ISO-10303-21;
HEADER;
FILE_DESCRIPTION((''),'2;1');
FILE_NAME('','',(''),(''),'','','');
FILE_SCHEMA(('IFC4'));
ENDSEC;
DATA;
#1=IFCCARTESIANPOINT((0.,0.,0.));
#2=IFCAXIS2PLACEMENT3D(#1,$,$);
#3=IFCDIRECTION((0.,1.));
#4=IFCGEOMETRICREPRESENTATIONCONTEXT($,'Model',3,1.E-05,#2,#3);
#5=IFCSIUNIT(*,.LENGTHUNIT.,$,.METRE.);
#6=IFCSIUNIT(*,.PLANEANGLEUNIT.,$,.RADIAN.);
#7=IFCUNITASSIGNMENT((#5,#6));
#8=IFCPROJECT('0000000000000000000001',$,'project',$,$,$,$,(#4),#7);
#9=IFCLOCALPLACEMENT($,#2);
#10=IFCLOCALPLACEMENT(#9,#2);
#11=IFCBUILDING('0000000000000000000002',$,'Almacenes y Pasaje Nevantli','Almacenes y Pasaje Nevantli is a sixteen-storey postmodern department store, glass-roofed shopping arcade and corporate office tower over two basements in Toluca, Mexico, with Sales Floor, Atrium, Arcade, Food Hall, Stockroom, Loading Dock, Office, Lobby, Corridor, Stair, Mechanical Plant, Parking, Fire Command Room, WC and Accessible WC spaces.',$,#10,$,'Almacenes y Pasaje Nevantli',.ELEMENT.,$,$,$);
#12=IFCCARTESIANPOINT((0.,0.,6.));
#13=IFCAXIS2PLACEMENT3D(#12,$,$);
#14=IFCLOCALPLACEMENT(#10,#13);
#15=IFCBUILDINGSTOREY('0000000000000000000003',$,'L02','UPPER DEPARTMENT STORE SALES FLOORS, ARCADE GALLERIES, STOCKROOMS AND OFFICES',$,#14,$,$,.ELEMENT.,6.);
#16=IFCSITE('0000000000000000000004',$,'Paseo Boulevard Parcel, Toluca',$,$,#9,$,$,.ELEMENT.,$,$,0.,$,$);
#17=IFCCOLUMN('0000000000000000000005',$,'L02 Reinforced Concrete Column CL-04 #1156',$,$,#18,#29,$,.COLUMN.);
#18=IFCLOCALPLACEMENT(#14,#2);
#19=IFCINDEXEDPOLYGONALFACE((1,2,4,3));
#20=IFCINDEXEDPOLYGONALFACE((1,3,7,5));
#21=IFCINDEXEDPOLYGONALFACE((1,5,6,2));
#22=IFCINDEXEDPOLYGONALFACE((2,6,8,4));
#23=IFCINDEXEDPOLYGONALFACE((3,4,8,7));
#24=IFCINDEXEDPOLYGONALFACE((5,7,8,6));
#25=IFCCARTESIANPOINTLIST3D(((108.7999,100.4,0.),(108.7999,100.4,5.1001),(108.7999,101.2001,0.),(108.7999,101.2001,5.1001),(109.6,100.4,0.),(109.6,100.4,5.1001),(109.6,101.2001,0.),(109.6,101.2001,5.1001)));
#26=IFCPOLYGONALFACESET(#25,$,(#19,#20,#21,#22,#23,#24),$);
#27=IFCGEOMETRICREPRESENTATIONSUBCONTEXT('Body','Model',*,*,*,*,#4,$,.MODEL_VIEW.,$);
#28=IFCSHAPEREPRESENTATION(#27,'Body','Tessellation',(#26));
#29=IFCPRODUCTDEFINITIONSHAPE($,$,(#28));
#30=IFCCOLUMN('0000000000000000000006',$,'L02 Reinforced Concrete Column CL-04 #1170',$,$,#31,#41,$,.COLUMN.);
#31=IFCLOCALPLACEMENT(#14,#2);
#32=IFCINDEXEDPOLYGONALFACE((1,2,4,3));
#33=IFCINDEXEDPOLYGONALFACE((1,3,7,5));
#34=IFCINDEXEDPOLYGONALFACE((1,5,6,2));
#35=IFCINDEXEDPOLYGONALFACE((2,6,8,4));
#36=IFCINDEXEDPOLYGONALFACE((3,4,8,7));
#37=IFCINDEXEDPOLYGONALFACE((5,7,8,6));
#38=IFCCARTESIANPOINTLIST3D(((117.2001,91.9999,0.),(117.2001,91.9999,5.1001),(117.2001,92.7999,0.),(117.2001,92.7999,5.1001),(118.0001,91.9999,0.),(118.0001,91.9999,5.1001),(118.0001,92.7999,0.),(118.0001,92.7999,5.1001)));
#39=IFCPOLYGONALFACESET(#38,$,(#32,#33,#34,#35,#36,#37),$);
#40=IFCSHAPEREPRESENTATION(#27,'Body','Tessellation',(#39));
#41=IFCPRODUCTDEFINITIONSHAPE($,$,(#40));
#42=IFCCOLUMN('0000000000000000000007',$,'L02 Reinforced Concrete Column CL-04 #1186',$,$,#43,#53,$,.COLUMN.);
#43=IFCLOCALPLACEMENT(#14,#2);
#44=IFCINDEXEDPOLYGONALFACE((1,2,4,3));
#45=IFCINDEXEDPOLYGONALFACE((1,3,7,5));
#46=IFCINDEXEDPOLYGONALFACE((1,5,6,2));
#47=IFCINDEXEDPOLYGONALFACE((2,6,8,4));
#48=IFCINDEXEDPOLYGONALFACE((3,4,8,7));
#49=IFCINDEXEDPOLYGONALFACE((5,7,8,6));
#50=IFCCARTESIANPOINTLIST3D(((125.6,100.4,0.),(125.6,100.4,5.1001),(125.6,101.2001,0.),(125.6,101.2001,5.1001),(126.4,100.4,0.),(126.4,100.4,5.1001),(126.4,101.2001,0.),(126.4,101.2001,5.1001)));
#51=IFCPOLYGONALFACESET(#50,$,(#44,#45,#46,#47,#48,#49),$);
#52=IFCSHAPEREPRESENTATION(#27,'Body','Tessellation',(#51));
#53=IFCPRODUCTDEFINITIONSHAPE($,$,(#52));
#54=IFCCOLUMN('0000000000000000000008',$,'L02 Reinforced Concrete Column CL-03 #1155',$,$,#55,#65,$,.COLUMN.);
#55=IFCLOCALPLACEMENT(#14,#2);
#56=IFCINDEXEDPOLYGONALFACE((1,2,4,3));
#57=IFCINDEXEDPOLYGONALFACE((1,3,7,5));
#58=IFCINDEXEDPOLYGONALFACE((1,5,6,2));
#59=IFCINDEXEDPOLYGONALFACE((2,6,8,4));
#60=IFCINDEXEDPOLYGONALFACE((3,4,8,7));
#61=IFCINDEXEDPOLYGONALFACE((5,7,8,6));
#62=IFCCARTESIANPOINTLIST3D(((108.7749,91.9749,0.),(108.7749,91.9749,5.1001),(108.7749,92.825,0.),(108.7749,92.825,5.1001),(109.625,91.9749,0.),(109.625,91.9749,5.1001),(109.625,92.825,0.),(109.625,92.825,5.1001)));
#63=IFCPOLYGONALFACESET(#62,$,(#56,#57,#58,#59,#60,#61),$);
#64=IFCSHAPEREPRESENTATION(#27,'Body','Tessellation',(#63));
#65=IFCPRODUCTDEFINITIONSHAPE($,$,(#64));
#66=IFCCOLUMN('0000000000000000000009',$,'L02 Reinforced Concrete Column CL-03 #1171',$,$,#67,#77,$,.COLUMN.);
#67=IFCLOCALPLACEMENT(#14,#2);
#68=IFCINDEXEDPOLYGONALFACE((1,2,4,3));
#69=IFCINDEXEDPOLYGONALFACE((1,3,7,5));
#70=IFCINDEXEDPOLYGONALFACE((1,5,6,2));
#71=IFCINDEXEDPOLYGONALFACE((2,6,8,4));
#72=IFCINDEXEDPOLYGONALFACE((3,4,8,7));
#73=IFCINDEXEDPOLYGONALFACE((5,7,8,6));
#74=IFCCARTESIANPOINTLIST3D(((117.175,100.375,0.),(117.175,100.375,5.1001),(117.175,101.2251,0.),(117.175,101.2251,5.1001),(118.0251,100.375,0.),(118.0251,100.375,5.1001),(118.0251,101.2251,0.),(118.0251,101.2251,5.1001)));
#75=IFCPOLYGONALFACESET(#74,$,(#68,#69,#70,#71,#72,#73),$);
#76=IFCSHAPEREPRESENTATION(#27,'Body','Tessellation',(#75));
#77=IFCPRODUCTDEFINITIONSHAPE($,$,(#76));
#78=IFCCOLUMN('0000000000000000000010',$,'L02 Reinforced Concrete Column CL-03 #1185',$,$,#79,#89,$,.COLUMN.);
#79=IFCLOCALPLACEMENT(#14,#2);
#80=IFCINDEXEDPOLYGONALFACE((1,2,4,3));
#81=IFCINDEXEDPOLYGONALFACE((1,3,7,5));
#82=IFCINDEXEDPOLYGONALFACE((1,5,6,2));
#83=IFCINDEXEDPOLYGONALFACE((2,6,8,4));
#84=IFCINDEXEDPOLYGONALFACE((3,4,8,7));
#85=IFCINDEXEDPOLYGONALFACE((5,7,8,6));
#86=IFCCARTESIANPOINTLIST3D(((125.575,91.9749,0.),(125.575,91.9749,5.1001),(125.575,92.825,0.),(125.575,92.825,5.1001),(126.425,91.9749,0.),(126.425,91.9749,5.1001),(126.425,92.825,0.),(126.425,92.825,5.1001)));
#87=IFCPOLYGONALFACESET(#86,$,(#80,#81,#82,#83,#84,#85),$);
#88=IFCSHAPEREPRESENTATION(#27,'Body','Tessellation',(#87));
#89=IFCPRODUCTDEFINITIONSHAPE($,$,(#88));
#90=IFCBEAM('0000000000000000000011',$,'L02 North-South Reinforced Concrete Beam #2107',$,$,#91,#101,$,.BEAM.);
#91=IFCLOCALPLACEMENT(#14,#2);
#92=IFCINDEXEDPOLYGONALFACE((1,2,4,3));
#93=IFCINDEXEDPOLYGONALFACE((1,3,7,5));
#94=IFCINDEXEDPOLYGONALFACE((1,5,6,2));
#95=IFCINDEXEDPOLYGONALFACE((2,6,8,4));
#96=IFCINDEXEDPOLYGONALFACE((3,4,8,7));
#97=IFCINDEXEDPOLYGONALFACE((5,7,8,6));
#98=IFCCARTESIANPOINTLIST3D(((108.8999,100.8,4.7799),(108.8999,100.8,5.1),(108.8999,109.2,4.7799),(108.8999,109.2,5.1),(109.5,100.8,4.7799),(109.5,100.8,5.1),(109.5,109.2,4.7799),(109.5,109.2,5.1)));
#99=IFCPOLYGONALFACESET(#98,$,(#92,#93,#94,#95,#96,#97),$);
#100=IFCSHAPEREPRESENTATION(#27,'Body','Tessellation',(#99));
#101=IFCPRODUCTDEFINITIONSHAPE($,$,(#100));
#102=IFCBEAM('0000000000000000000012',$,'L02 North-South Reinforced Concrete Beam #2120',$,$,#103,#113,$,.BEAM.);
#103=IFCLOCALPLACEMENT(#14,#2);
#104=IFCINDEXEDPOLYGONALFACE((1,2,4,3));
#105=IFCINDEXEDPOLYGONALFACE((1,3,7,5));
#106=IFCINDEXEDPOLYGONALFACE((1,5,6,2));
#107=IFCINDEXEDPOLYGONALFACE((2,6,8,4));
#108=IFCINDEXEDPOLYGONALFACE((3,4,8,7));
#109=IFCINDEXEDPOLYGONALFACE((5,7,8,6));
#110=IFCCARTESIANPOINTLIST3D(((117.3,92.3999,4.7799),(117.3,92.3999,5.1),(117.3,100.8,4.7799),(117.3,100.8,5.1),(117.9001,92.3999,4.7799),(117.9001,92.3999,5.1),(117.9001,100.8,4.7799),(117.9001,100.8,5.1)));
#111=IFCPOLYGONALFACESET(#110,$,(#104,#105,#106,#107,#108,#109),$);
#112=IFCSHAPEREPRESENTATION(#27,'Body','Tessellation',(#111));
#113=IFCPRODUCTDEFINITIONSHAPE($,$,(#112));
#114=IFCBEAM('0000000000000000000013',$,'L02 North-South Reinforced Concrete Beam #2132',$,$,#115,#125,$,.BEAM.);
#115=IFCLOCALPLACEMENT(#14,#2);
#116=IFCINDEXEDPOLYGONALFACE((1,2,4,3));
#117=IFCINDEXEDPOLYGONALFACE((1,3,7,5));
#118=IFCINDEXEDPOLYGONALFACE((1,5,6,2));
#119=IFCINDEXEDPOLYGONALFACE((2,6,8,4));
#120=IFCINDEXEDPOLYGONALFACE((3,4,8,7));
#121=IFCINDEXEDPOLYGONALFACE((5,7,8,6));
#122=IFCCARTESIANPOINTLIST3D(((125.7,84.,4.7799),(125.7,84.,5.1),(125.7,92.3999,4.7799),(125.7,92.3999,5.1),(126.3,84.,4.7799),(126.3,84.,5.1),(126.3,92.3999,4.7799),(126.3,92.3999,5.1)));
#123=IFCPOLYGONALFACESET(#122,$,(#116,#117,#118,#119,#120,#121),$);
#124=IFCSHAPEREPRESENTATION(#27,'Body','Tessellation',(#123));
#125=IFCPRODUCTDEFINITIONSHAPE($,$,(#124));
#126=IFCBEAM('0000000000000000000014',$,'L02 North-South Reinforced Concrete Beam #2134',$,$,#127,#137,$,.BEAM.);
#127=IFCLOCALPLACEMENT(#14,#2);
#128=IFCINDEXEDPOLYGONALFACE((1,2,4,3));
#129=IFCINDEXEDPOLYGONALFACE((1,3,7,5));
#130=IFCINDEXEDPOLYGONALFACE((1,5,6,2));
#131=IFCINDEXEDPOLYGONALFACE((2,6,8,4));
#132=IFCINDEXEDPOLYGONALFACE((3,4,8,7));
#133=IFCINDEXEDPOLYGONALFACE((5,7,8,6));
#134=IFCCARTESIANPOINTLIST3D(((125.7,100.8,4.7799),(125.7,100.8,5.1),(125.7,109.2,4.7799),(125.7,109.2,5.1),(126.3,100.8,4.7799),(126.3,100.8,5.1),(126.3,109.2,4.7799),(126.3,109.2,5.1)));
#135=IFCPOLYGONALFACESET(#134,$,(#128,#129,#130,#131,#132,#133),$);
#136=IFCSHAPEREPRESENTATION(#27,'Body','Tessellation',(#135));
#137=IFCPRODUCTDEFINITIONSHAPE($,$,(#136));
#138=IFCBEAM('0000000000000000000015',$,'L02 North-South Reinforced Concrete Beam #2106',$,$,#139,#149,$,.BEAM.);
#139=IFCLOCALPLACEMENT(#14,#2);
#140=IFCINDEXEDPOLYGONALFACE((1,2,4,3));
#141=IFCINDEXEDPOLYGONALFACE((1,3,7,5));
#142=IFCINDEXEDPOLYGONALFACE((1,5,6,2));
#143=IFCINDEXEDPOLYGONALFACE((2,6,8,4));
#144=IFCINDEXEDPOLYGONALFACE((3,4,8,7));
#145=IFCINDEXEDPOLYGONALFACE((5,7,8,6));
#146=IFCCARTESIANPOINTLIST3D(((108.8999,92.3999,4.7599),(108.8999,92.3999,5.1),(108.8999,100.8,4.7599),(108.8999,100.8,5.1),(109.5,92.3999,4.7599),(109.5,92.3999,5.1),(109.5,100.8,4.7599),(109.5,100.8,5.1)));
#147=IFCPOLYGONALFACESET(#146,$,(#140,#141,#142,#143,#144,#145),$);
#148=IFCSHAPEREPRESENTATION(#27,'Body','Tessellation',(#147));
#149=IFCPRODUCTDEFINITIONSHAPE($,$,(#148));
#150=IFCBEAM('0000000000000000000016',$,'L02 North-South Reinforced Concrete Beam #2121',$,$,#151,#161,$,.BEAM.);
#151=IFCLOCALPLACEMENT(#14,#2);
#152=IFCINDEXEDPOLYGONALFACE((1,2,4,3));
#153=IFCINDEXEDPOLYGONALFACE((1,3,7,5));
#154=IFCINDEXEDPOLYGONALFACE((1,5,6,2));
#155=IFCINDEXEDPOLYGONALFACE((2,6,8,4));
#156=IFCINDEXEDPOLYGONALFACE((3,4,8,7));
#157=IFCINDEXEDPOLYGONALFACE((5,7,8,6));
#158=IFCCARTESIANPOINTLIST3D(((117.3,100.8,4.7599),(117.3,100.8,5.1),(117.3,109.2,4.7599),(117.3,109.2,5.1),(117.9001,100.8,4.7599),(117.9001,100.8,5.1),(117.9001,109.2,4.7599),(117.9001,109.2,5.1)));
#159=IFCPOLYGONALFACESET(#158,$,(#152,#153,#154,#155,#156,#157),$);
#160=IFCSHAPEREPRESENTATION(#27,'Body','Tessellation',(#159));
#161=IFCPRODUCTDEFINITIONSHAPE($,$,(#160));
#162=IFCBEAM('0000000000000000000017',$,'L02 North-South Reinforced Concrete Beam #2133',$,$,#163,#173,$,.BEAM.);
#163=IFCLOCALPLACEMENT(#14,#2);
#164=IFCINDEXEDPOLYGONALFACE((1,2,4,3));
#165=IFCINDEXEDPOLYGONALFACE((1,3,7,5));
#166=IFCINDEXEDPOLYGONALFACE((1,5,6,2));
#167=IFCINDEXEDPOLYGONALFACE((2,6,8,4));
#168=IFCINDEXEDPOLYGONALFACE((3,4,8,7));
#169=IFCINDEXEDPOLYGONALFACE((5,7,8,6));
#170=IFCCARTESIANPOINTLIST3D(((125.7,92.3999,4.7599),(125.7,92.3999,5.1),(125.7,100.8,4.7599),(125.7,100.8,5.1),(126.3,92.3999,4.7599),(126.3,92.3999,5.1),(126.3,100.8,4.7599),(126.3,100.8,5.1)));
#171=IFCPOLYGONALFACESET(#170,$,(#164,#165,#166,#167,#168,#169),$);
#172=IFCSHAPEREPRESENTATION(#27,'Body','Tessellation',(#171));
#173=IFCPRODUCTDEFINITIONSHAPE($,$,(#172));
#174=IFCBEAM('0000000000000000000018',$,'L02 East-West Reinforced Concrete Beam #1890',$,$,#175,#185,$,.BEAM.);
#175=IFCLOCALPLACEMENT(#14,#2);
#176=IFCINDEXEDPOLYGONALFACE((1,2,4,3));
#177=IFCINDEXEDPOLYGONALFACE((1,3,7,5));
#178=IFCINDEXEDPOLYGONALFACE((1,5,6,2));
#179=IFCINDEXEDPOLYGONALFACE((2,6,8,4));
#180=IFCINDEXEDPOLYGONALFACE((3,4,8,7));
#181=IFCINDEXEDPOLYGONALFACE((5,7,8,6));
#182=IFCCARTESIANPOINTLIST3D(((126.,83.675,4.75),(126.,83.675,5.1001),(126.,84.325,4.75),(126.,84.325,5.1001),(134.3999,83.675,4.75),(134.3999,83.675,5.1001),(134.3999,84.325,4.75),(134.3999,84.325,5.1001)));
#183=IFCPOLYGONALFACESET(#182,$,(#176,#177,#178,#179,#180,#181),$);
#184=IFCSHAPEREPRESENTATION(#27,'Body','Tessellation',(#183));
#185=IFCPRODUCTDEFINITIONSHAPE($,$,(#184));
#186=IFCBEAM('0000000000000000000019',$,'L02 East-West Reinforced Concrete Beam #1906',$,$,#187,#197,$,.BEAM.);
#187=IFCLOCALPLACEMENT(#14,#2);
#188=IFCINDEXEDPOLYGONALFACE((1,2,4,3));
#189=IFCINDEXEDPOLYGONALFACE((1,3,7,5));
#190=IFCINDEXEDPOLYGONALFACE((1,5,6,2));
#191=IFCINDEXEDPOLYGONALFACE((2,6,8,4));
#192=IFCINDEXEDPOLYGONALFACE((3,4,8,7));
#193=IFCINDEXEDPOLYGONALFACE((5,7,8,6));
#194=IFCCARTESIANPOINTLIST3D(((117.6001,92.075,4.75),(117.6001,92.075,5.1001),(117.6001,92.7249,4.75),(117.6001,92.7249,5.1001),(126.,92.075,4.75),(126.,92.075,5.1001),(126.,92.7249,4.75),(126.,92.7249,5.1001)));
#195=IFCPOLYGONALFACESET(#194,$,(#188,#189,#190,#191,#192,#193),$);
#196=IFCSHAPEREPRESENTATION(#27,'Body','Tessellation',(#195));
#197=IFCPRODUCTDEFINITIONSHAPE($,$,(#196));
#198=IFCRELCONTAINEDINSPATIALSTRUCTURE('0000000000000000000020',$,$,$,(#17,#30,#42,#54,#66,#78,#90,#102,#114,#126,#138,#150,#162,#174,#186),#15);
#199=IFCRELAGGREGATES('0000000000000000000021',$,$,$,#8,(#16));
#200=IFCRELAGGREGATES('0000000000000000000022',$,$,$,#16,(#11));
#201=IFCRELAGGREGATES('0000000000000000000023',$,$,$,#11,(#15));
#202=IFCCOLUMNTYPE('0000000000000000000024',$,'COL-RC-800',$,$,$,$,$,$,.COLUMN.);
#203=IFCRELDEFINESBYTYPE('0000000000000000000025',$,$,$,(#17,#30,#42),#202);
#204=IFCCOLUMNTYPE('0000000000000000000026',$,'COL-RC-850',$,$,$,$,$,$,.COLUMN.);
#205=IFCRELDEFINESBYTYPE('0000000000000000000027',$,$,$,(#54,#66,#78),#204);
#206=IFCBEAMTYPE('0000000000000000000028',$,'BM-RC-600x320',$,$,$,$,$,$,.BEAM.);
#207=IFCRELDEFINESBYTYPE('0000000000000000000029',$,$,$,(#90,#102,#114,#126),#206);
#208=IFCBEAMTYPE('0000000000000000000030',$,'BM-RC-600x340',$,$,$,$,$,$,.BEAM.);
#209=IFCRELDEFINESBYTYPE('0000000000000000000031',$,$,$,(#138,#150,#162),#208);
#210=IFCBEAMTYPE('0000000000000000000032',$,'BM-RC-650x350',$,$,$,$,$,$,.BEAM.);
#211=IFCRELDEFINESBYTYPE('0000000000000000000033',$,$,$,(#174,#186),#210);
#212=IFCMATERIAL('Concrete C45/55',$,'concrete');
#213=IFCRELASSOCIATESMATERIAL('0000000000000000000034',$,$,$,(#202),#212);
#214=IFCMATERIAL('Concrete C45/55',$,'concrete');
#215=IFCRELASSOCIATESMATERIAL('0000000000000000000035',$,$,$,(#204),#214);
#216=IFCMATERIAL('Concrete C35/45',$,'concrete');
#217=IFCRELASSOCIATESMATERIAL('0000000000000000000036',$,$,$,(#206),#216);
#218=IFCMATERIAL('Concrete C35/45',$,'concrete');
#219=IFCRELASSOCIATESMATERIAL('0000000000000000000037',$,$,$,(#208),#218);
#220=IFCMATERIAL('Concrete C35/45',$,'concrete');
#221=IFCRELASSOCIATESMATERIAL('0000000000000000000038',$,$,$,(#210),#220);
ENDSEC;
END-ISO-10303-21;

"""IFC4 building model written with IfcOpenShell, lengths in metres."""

from ifc_helpers import new_model, si_unit, direction, frame, origin, origin_2d, place, context, subcontext, project, spatial, rectangle, extrude, material, material_profile, profile_set, type_object, element, save


model = new_model("IFC4")

# Units and contexts
model_context = context("Model", 3, precision=1e-05, world=origin(), true_north=direction((0.0, 1.0)))
body_context = subcontext(model_context, "Body", "Model", "MODEL_VIEW")
ifc_project = project(units=[si_unit("LENGTHUNIT", "METRE"), si_unit("PLANEANGLEUNIT", "RADIAN")], contexts=[model_context])

# Site, building, storey
site_placement = place(None, origin())
site = spatial("IfcSite", under=ifc_project, at=site_placement, Name="Paseo Boulevard Parcel, Toluca", CompositionType="ELEMENT", RefElevation=0.0)
building_placement = place(site_placement, origin())
building = spatial("IfcBuilding", under=site, at=building_placement, Name="Almacenes y Pasaje Nevantli", Description="Almacenes y Pasaje Nevantli is a sixteen-storey postmodern department store, glass-roofed shopping arcade and corporate office tower over two basements in Toluca, Mexico, with Sales Floor, Atrium, Arcade, Food Hall, Stockroom, Loading Dock, Office, Lobby, Corridor, Stair, Mechanical Plant, Parking, Fire Command Room, WC and Accessible WC spaces.", LongName="Almacenes y Pasaje Nevantli", CompositionType="ELEMENT")
storey_placement = place(building_placement, frame((0.0, 0.0, 6.0)))
storey = spatial("IfcBuildingStorey", under=building, at=storey_placement, Name="L02", Description="UPPER DEPARTMENT STORE SALES FLOORS, ARCADE GALLERIES, STOCKROOMS AND OFFICES", CompositionType="ELEMENT", Elevation=6.0)

# Columns
ifc_material_1 = material(Name="Concrete C45/55", Category="concrete")
ifc_material_profile_1 = material_profile(ifc_material_1, rectangle(XDim=0.8, YDim=0.8, at=origin_2d()), Name="RC-COL-800x800")
ifc_profile_set_1 = profile_set([ifc_material_profile_1], Name="Concrete C45/55")
column_type_1 = type_object("IfcColumnType", Name="COL-RC-800", PredefinedType="COLUMN", material=ifc_profile_set_1)
for number, where, z_axis, x_axis, name in (
    (1, (109.2, 100.8, 0.0), (0.0, 0.0, 1.0), (1.0, 0.0, 0.0), "L02 Reinforced Concrete Column CL-04 #1156"),
    (2, (117.6001, 92.3999, 0.0), (0.0, 0.0, 1.0), (1.0, 0.0, 0.0), "L02 Reinforced Concrete Column CL-04 #1170"),
    (3, (126.0, 100.8, 0.0), (0.0, 0.0, 1.0), (1.0, 0.0, 0.0), "L02 Reinforced Concrete Column CL-04 #1186"),
):
    element("IfcColumn", number, at=place(storey_placement, frame(where, z_axis=z_axis, x_axis=x_axis)), inside=storey, type_object=column_type_1, Name=name, PredefinedType="COLUMN", context=body_context, shape_type="SweptSolid", body=[
        extrude(rectangle(XDim=0.8, YDim=0.8, at=origin_2d()), origin(), (0.0, 0.0, 1.0), 5.1001),
    ])
ifc_material_2 = material(Name="Concrete C45/55", Category="concrete")
ifc_material_profile_2 = material_profile(ifc_material_2, rectangle(XDim=0.8501, YDim=0.8501, at=origin_2d()), Name="RC-COL-850x850")
ifc_profile_set_2 = profile_set([ifc_material_profile_2], Name="Concrete C45/55")
column_type_2 = type_object("IfcColumnType", Name="COL-RC-850", PredefinedType="COLUMN", material=ifc_profile_set_2)
for number, where, z_axis, x_axis, name in (
    (4, (109.2, 92.3999, 0.0), (0.0, 0.0, 1.0), (1.0, 0.0, 0.0), "L02 Reinforced Concrete Column CL-03 #1155"),
    (5, (117.6001, 100.8, 0.0), (0.0, 0.0, 1.0), (1.0, 0.0, 0.0), "L02 Reinforced Concrete Column CL-03 #1171"),
    (6, (126.0, 92.3999, 0.0), (0.0, 0.0, 1.0), (1.0, 0.0, 0.0), "L02 Reinforced Concrete Column CL-03 #1185"),
):
    element("IfcColumn", number, at=place(storey_placement, frame(where, z_axis=z_axis, x_axis=x_axis)), inside=storey, type_object=column_type_2, Name=name, PredefinedType="COLUMN", context=body_context, shape_type="SweptSolid", body=[
        extrude(rectangle(XDim=0.8501, YDim=0.8501, at=origin_2d()), origin(), (0.0, 0.0, 1.0), 5.1001),
    ])

# Beams
ifc_material_3 = material(Name="Concrete C35/45", Category="concrete")
ifc_material_profile_3 = material_profile(ifc_material_3, rectangle(XDim=0.6001, YDim=0.3201, at=origin_2d()), Name="RC-BM-600x320")
ifc_profile_set_3 = profile_set([ifc_material_profile_3], Name="Concrete C35/45")
beam_type_1 = type_object("IfcBeamType", Name="BM-RC-600x320", PredefinedType="BEAM", material=ifc_profile_set_3)
beam_1_placement = place(storey_placement, frame((109.2, 100.8, 4.9399), z_axis=(0.0, 1.0, 0.0), x_axis=(-1.0, 0.0, 0.0)))
element("IfcBeam", 7, at=beam_1_placement, inside=storey, type_object=beam_type_1, Name="L02 North-South Reinforced Concrete Beam #2107", PredefinedType="BEAM", context=body_context, shape_type="SweptSolid", body=[
    extrude(rectangle(XDim=0.6001, YDim=0.3201, at=origin_2d()), origin(), (0.0, 0.0, 1.0), 8.3999),
])
beam_2_placement = place(storey_placement, frame((117.6001, 92.3999, 4.9399), z_axis=(0.0, 1.0, 0.0), x_axis=(-1.0, 0.0, 0.0)))
element("IfcBeam", 8, at=beam_2_placement, inside=storey, type_object=beam_type_1, Name="L02 North-South Reinforced Concrete Beam #2120", PredefinedType="BEAM", context=body_context, shape_type="SweptSolid", body=[
    extrude(rectangle(XDim=0.6001, YDim=0.3201, at=origin_2d()), origin(), (0.0, 0.0, 1.0), 8.4001),
])
for number, where, z_axis, x_axis, name in (
    (9, (126.0, 84.0, 4.9399), (0.0, 1.0, 0.0), (-1.0, 0.0, 0.0), "L02 North-South Reinforced Concrete Beam #2132"),
    (10, (126.0, 100.8, 4.9399), (0.0, 1.0, 0.0), (-1.0, 0.0, 0.0), "L02 North-South Reinforced Concrete Beam #2134"),
):
    element("IfcBeam", number, at=place(storey_placement, frame(where, z_axis=z_axis, x_axis=x_axis)), inside=storey, type_object=beam_type_1, Name=name, PredefinedType="BEAM", context=body_context, shape_type="SweptSolid", body=[
        extrude(rectangle(XDim=0.6001, YDim=0.3201, at=origin_2d()), origin(), (0.0, 0.0, 1.0), 8.3999),
    ])
ifc_material_4 = material(Name="Concrete C35/45", Category="concrete")
ifc_material_profile_4 = material_profile(ifc_material_4, rectangle(XDim=0.6001, YDim=0.3401, at=origin_2d()), Name="RC-BM-600x340")
ifc_profile_set_4 = profile_set([ifc_material_profile_4], Name="Concrete C35/45")
beam_type_2 = type_object("IfcBeamType", Name="BM-RC-600x340", PredefinedType="BEAM", material=ifc_profile_set_4)
beam_3_placement = place(storey_placement, frame((109.2, 92.3999, 4.9299), z_axis=(0.0, 1.0, 0.0), x_axis=(-1.0, 0.0, 0.0)))
element("IfcBeam", 11, at=beam_3_placement, inside=storey, type_object=beam_type_2, Name="L02 North-South Reinforced Concrete Beam #2106", PredefinedType="BEAM", context=body_context, shape_type="SweptSolid", body=[
    extrude(rectangle(XDim=0.6001, YDim=0.3401, at=origin_2d()), origin(), (0.0, 0.0, 1.0), 8.4001),
])
beam_4_placement = place(storey_placement, frame((117.6001, 100.8, 4.9299), z_axis=(0.0, 1.0, 0.0), x_axis=(-1.0, 0.0, 0.0)))
element("IfcBeam", 12, at=beam_4_placement, inside=storey, type_object=beam_type_2, Name="L02 North-South Reinforced Concrete Beam #2121", PredefinedType="BEAM", context=body_context, shape_type="SweptSolid", body=[
    extrude(rectangle(XDim=0.6001, YDim=0.3401, at=origin_2d()), origin(), (0.0, 0.0, 1.0), 8.3999),
])
beam_5_placement = place(storey_placement, frame((126.0, 92.3999, 4.9299), z_axis=(0.0, 1.0, 0.0), x_axis=(-1.0, 0.0, 0.0)))
element("IfcBeam", 13, at=beam_5_placement, inside=storey, type_object=beam_type_2, Name="L02 North-South Reinforced Concrete Beam #2133", PredefinedType="BEAM", context=body_context, shape_type="SweptSolid", body=[
    extrude(rectangle(XDim=0.6001, YDim=0.3401, at=origin_2d()), origin(), (0.0, 0.0, 1.0), 8.4001),
])
ifc_material_5 = material(Name="Concrete C35/45", Category="concrete")
ifc_material_profile_5 = material_profile(ifc_material_5, rectangle(XDim=0.6499, YDim=0.3501, at=origin_2d()), Name="RC-BM-650x350")
ifc_profile_set_5 = profile_set([ifc_material_profile_5], Name="Concrete C35/45")
beam_type_3 = type_object("IfcBeamType", Name="BM-RC-650x350", PredefinedType="BEAM", material=ifc_profile_set_5)
for number, where, z_axis, x_axis, name in (
    (14, (126.0, 84.0, 4.925), (1.0, 0.0, 0.0), (0.0, 1.0, 0.0), "L02 East-West Reinforced Concrete Beam #1890"),
    (15, (117.6001, 92.3999, 4.925), (1.0, 0.0, 0.0), (0.0, 1.0, 0.0), "L02 East-West Reinforced Concrete Beam #1906"),
):
    element("IfcBeam", number, at=place(storey_placement, frame(where, z_axis=z_axis, x_axis=x_axis)), inside=storey, type_object=beam_type_3, Name=name, PredefinedType="BEAM", context=body_context, shape_type="SweptSolid", body=[
        extrude(rectangle(XDim=0.6499, YDim=0.3501, at=origin_2d()), origin(), (0.0, 0.0, 1.0), 8.3999),
    ])

save(model, "model.ifc")
